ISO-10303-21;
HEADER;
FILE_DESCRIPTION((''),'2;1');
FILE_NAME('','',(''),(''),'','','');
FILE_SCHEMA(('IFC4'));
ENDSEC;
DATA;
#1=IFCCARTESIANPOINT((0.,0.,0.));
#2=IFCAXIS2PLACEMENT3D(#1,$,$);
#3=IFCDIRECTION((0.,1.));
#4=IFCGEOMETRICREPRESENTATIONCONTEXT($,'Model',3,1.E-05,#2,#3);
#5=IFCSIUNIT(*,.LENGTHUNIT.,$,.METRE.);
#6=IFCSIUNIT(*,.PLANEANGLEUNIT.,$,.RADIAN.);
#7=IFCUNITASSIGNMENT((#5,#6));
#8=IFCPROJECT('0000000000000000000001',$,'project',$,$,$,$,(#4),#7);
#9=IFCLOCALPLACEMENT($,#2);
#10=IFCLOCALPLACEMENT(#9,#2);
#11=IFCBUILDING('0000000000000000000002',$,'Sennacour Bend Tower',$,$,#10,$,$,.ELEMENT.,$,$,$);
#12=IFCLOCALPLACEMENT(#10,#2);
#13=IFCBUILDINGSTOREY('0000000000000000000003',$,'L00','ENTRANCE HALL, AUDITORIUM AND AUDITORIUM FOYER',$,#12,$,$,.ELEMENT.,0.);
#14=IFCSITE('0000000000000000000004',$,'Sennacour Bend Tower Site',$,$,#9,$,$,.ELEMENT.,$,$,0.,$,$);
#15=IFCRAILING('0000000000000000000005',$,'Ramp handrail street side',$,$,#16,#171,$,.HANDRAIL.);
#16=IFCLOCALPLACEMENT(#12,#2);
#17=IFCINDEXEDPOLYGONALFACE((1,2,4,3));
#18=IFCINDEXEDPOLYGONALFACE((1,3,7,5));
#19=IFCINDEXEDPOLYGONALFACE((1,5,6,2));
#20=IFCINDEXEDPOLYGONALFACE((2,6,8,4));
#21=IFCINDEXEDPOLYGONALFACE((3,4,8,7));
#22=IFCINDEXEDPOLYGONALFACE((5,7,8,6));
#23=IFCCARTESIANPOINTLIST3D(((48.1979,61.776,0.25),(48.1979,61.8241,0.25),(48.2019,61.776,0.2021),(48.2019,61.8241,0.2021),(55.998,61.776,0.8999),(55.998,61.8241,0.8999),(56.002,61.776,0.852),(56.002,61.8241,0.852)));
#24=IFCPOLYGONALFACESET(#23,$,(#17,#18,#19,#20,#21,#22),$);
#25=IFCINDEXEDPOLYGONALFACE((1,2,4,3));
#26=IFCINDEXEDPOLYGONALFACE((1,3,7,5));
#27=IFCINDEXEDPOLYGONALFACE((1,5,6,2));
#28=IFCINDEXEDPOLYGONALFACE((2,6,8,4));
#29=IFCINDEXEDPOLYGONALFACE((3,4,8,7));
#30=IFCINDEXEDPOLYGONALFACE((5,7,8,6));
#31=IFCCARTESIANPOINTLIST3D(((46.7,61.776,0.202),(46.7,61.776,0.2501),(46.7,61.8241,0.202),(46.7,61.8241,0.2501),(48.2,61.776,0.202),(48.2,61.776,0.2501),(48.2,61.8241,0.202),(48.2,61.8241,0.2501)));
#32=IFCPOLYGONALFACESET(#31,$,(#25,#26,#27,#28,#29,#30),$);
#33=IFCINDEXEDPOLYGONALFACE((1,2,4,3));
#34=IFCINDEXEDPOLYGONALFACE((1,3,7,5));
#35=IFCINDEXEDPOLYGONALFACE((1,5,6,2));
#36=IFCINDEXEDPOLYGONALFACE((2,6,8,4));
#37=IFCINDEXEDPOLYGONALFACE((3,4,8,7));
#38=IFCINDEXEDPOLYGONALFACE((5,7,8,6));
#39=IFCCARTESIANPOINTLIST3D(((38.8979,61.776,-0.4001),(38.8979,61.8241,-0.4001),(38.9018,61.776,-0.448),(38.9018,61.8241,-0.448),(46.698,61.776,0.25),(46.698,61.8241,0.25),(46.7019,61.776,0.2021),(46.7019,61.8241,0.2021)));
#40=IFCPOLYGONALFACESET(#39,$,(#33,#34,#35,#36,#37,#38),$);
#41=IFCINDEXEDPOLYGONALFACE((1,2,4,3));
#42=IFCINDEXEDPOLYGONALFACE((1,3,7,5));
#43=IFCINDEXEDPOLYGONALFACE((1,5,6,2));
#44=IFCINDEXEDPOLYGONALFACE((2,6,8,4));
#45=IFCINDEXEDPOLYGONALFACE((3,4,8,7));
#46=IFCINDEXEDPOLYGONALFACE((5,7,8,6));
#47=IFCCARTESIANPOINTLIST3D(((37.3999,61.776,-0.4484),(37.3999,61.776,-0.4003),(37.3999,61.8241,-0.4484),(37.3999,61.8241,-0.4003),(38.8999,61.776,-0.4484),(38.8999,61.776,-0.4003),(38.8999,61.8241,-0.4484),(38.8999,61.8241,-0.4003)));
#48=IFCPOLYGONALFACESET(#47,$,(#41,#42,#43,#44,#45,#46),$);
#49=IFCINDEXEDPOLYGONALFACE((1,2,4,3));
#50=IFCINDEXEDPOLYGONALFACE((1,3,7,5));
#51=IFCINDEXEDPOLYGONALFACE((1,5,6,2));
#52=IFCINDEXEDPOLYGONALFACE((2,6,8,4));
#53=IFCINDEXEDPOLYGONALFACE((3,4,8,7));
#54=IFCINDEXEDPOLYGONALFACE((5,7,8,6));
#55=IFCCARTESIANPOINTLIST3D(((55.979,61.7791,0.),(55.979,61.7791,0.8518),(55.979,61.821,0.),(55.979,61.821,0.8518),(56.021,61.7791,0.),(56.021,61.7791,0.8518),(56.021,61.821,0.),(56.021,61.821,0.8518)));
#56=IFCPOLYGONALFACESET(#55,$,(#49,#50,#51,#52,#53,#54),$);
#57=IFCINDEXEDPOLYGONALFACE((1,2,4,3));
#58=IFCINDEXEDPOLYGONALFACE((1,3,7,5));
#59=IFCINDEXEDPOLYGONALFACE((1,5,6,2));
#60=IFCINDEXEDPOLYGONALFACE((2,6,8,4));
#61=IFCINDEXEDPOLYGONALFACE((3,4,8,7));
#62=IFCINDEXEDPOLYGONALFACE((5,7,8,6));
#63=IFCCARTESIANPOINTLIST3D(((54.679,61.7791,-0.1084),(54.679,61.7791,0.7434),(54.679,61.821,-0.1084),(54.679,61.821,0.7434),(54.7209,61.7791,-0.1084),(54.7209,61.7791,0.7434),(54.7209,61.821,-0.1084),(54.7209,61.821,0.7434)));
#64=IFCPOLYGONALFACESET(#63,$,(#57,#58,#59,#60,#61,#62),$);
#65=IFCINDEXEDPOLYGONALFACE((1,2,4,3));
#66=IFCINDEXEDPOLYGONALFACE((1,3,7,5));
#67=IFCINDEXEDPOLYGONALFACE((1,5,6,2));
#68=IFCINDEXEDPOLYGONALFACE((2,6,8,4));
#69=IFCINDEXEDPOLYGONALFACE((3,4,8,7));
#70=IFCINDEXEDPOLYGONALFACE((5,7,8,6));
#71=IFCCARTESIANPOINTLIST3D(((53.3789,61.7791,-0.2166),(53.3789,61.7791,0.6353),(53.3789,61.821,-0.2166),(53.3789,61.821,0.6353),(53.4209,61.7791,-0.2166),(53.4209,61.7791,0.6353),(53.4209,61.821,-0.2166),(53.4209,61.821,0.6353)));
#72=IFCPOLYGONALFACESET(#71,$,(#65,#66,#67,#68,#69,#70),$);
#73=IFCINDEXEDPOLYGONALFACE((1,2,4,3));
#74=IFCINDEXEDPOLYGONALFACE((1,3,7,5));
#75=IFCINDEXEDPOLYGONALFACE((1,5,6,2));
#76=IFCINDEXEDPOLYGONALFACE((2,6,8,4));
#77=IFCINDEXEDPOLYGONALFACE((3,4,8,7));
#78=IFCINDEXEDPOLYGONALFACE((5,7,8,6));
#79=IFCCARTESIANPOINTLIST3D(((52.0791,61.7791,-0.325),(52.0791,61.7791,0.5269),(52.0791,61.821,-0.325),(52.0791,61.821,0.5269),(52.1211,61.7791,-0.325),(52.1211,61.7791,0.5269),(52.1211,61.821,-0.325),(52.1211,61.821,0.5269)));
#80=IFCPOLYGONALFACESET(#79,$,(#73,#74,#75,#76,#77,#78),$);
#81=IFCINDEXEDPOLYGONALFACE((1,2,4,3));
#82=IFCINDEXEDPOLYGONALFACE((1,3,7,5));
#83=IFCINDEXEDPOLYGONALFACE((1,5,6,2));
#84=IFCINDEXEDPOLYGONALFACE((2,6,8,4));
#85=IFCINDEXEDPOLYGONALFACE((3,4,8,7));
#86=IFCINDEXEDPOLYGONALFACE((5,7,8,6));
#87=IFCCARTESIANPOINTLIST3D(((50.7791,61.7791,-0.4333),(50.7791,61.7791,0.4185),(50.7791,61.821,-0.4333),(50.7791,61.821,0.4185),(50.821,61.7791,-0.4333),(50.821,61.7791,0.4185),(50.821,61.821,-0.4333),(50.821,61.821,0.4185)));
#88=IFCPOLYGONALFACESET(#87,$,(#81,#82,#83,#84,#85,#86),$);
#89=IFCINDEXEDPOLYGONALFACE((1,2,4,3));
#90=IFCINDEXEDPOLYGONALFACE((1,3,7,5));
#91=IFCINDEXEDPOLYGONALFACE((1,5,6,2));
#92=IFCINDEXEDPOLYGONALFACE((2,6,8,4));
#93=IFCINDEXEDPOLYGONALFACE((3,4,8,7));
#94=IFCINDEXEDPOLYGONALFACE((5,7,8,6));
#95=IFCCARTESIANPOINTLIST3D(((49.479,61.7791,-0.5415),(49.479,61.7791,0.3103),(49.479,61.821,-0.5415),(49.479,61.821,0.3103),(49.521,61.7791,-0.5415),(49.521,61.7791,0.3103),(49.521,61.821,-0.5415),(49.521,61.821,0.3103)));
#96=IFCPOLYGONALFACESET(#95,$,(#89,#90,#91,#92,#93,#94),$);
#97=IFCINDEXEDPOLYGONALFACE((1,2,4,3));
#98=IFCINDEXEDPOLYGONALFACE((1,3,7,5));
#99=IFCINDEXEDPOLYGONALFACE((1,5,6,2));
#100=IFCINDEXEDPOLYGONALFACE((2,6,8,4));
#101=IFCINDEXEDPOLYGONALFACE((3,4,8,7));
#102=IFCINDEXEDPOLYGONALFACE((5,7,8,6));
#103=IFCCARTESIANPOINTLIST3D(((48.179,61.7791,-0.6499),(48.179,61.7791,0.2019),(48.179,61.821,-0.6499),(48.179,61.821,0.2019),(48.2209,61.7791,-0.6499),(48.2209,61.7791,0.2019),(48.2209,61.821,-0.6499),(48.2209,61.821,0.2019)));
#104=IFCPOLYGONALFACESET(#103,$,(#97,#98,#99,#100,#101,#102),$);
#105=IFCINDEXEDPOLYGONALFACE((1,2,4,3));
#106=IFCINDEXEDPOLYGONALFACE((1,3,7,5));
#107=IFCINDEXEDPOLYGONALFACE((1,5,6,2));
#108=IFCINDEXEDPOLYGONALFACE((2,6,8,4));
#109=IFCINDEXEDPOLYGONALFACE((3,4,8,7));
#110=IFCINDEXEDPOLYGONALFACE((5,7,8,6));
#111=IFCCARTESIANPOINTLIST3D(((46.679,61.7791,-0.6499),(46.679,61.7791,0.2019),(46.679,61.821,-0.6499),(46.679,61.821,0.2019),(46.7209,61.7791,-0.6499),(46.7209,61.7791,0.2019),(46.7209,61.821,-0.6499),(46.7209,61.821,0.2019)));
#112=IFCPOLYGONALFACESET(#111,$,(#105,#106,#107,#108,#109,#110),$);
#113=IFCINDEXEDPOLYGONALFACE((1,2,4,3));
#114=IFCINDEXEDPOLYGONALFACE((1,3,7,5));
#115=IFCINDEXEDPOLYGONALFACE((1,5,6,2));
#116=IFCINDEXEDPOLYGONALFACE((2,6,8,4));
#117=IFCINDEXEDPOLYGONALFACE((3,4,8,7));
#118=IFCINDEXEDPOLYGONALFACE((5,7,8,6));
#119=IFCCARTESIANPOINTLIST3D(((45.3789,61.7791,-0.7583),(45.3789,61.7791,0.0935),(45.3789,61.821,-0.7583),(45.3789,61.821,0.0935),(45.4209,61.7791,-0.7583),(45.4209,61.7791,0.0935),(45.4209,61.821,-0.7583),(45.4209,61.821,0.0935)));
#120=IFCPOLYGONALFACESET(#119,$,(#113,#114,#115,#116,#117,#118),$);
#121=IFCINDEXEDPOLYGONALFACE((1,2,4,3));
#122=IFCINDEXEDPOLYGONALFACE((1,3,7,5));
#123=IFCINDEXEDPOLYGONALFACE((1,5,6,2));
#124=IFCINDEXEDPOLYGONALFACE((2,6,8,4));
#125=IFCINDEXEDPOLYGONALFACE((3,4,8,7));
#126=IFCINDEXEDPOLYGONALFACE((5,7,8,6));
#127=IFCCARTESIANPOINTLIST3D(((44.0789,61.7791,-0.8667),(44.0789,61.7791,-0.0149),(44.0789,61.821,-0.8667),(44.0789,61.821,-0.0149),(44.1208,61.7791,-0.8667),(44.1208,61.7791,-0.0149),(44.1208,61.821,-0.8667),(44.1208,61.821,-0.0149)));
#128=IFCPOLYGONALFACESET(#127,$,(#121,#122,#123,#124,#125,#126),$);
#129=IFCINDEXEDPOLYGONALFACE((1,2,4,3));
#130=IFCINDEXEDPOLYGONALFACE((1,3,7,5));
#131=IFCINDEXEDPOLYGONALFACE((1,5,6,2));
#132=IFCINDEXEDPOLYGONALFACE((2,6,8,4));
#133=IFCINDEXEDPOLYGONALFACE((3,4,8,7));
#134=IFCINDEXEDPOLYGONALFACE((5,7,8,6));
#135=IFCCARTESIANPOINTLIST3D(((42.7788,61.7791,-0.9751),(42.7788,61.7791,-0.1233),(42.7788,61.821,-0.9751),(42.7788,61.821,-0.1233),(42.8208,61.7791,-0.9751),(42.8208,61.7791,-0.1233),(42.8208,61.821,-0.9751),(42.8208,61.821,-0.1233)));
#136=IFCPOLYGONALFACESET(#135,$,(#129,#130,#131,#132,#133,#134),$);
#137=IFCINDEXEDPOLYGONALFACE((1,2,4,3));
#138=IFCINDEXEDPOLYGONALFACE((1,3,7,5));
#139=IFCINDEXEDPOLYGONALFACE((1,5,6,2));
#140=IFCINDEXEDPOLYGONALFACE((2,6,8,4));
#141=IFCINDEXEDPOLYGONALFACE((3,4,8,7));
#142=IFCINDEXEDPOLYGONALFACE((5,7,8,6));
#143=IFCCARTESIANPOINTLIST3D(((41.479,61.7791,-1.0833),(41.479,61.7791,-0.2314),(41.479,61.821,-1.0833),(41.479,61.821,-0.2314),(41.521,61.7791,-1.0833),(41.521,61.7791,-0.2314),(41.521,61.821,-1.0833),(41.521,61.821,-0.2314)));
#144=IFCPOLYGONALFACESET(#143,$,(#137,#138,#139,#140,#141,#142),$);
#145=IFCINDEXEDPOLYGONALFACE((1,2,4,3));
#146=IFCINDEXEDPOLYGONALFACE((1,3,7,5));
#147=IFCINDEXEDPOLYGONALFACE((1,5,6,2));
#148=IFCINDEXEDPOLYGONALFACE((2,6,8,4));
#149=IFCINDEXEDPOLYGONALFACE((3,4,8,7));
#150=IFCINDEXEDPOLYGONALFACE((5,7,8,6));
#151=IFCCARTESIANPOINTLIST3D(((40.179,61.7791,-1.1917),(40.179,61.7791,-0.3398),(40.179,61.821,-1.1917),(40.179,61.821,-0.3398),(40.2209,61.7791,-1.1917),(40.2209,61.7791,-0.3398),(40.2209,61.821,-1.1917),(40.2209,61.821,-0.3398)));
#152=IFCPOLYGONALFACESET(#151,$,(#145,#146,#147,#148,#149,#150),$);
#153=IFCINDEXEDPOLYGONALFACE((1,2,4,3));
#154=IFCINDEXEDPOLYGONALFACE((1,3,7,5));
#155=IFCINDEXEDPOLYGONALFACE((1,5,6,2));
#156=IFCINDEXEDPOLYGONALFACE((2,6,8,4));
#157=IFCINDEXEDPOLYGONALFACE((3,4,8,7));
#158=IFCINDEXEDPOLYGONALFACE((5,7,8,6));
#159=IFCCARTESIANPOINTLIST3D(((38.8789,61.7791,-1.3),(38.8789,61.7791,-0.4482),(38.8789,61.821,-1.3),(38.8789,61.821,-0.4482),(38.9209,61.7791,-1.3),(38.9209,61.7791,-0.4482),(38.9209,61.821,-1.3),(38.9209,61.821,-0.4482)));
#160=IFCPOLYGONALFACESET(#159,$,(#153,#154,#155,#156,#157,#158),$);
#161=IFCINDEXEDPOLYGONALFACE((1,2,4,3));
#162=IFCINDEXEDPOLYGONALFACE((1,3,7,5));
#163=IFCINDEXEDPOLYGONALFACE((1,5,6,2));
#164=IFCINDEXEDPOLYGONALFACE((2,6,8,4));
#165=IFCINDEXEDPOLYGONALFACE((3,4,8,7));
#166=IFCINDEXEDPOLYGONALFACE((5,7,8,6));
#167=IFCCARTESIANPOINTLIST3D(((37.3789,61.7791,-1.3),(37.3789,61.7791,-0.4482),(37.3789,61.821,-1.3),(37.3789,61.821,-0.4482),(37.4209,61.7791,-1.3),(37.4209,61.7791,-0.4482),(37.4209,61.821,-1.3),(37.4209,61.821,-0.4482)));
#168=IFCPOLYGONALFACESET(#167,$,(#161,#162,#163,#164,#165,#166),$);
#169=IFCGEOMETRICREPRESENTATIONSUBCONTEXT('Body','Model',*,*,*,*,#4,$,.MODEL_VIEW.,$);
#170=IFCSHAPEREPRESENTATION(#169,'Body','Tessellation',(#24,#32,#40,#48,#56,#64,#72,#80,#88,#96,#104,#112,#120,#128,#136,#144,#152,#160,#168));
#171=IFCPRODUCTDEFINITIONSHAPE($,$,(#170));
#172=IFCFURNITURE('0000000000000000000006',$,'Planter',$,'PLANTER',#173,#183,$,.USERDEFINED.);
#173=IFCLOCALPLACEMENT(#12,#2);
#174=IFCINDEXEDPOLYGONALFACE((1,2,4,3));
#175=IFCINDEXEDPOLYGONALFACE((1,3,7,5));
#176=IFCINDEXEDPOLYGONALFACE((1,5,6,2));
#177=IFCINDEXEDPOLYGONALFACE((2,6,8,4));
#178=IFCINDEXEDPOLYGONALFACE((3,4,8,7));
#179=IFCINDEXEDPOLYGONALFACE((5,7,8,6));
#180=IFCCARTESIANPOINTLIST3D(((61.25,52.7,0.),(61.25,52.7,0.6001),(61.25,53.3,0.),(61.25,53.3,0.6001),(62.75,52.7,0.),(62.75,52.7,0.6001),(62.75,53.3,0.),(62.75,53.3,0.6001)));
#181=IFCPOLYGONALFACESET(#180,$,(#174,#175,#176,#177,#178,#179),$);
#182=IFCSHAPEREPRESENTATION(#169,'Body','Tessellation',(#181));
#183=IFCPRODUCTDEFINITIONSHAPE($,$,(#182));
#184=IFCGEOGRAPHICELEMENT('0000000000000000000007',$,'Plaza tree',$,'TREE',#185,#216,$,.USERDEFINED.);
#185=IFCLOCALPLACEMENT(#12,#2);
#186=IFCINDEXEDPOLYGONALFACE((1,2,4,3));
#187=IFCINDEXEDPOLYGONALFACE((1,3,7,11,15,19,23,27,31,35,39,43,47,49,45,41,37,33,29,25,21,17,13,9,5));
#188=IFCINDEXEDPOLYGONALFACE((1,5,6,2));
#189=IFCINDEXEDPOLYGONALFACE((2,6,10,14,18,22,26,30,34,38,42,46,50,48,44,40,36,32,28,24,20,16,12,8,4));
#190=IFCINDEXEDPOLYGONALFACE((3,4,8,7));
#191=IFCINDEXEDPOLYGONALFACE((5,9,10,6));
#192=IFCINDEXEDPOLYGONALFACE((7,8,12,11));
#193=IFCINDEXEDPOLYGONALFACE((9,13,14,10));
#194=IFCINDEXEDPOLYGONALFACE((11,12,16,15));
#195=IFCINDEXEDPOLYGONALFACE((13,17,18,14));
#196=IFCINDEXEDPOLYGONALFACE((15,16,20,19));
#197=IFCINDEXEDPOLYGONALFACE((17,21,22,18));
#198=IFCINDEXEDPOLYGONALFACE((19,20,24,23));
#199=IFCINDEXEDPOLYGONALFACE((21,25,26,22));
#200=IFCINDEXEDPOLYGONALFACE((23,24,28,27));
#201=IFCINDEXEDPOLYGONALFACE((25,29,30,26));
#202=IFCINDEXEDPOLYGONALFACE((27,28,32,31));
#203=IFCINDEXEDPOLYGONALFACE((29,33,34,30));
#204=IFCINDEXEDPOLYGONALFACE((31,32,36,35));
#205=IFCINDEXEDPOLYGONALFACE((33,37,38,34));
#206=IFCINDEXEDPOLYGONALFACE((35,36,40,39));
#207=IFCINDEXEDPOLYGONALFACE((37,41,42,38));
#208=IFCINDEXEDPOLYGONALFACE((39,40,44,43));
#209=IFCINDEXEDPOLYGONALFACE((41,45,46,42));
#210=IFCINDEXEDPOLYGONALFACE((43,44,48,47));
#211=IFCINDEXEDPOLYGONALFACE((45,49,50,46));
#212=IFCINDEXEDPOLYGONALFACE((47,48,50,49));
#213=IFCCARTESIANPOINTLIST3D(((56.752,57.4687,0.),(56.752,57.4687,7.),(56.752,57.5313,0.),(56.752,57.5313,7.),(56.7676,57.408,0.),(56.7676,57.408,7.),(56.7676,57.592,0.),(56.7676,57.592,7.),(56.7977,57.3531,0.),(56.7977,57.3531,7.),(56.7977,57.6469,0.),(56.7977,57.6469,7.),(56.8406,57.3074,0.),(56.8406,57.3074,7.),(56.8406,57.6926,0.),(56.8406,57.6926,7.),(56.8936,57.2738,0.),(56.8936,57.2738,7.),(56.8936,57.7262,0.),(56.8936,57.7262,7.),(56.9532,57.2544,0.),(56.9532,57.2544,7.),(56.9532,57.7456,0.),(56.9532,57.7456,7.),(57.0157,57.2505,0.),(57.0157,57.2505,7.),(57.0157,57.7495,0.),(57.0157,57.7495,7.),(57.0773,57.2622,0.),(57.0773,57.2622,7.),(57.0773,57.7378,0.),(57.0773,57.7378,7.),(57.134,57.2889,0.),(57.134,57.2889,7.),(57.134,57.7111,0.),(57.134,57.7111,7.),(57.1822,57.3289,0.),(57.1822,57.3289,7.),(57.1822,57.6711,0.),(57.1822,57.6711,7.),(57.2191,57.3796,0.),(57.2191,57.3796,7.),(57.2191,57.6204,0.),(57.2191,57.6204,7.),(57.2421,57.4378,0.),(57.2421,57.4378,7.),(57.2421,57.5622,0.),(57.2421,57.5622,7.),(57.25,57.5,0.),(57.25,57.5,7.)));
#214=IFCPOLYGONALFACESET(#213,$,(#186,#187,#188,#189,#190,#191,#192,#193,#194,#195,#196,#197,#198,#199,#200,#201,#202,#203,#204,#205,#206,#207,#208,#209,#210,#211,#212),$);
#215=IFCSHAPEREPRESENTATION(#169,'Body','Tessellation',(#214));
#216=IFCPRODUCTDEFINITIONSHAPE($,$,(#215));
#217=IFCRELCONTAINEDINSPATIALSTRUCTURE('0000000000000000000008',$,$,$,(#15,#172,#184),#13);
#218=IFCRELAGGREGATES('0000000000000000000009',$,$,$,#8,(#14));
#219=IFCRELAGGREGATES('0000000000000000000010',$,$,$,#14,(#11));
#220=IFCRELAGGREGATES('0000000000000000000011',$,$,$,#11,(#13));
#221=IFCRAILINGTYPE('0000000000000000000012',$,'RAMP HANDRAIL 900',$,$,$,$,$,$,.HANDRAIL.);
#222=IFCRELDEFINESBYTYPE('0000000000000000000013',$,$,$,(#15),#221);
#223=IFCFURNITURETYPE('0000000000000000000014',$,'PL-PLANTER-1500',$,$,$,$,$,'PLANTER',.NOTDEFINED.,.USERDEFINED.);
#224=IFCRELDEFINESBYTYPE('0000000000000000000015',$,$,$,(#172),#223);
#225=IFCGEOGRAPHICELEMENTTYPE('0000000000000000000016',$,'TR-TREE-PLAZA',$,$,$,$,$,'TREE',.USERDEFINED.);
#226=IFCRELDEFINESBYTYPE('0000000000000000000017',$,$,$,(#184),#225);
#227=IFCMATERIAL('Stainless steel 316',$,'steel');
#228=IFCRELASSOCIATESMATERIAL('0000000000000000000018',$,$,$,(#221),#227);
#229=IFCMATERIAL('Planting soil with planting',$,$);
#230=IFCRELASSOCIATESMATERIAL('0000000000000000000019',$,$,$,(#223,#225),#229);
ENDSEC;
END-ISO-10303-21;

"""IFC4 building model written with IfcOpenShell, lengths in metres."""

from ifc_helpers import new_model, si_unit, direction, frame, origin, origin_2d, place, context, subcontext, project, spatial, rectangle, circle, extrude, material, type_object, element, save


model = new_model("IFC4")

# Units and contexts
model_context = context("Model", 3, precision=1e-05, world=origin(), true_north=direction((0.0, 1.0)))
body_context = subcontext(model_context, "Body", "Model", "MODEL_VIEW")
ifc_project = project(units=[si_unit("LENGTHUNIT", "METRE"), si_unit("PLANEANGLEUNIT", "RADIAN")], contexts=[model_context])

# Site, building, storey
site_placement = place(None, origin())
site = spatial("IfcSite", under=ifc_project, at=site_placement, Name="Sennacour Bend Tower Site", CompositionType="ELEMENT", RefElevation=0.0)
building_placement = place(site_placement, origin())
building = spatial("IfcBuilding", under=site, at=building_placement, Name="Sennacour Bend Tower", CompositionType="ELEMENT")
storey_placement = place(building_placement, origin())
storey = spatial("IfcBuildingStorey", under=building, at=storey_placement, Name="L00", Description="ENTRANCE HALL, AUDITORIUM AND AUDITORIUM FOYER", CompositionType="ELEMENT", Elevation=0.0)

# Railing
ifc_material_1 = material(Name="Stainless steel 316", Category="steel")
railing_type_1 = type_object("IfcRailingType", Name="RAMP HANDRAIL 900", PredefinedType="HANDRAIL", material=ifc_material_1)
railing_1_placement = place(storey_placement, frame((56.0, 61.8, 0.0)))
element("IfcRailing", 1, at=railing_1_placement, inside=storey, type_object=railing_type_1, Name="Ramp handrail street side", PredefinedType="HANDRAIL", context=body_context, shape_type="SweptSolid", body=[
    extrude(rectangle(XDim=0.0481, YDim=0.0481, at=origin_2d()), frame((0.0, 0.0, 0.876), z_axis=(-0.996547, 0.0, -0.083033), x_axis=(0.0, -1.0, 0.0)), (0.0, 0.0, 1.0), 7.8271),
    extrude(rectangle(XDim=0.0481, YDim=0.0481, at=origin_2d()), frame((-7.8, 0.0, 0.2261), z_axis=(-1.0, 0.0, 0.0), x_axis=(0.0, -1.0, 0.0)), (0.0, 0.0, 1.0), 1.5),
    extrude(rectangle(XDim=0.0481, YDim=0.0481, at=origin_2d()), frame((-9.3, 0.0, 0.2261), z_axis=(-0.996544, 0.0, -0.083064), x_axis=(0.0, -1.0, 0.0)), (0.0, 0.0, 1.0), 7.8271),
    extrude(rectangle(XDim=0.0481, YDim=0.0481, at=origin_2d()), frame((-17.1001, 0.0, -0.4243), z_axis=(-1.0, 0.0, 0.0), x_axis=(0.0, -1.0, 0.0)), (0.0, 0.0, 1.0), 1.5),
    extrude(rectangle(XDim=0.042, YDim=0.042, at=origin_2d()), origin(), (0.0, 0.0, 1.0), 0.8518),
    extrude(rectangle(XDim=0.042, YDim=0.042, at=origin_2d()), frame((-1.3, 0.0, -0.1084)), (0.0, 0.0, 1.0), 0.8518),
    extrude(rectangle(XDim=0.042, YDim=0.042, at=origin_2d()), frame((-2.6001, 0.0, -0.2166)), (0.0, 0.0, 1.0), 0.8518),
    extrude(rectangle(XDim=0.042, YDim=0.042, at=origin_2d()), frame((-3.8999, 0.0, -0.325)), (0.0, 0.0, 1.0), 0.8518),
    extrude(rectangle(XDim=0.042, YDim=0.042, at=origin_2d()), frame((-5.2, 0.0, -0.4333)), (0.0, 0.0, 1.0), 0.8518),
    extrude(rectangle(XDim=0.042, YDim=0.042, at=origin_2d()), frame((-6.5, 0.0, -0.5415)), (0.0, 0.0, 1.0), 0.8518),
    extrude(rectangle(XDim=0.042, YDim=0.042, at=origin_2d()), frame((-7.8, 0.0, -0.6499)), (0.0, 0.0, 1.0), 0.8518),
    extrude(rectangle(XDim=0.042, YDim=0.042, at=origin_2d()), frame((-9.3, 0.0, -0.6499)), (0.0, 0.0, 1.0), 0.8518),
    extrude(rectangle(XDim=0.042, YDim=0.042, at=origin_2d()), frame((-10.6001, 0.0, -0.7583)), (0.0, 0.0, 1.0), 0.8518),
    extrude(rectangle(XDim=0.042, YDim=0.042, at=origin_2d()), frame((-11.9001, 0.0, -0.8667)), (0.0, 0.0, 1.0), 0.8518),
    extrude(rectangle(XDim=0.042, YDim=0.042, at=origin_2d()), frame((-13.2002, 0.0, -0.9751)), (0.0, 0.0, 1.0), 0.8518),
    extrude(rectangle(XDim=0.042, YDim=0.042, at=origin_2d()), frame((-14.5, 0.0, -1.0833)), (0.0, 0.0, 1.0), 0.8518),
    extrude(rectangle(XDim=0.042, YDim=0.042, at=origin_2d()), frame((-15.8, 0.0, -1.1917)), (0.0, 0.0, 1.0), 0.8518),
    extrude(rectangle(XDim=0.042, YDim=0.042, at=origin_2d()), frame((-17.1001, 0.0, -1.3)), (0.0, 0.0, 1.0), 0.8518),
    extrude(rectangle(XDim=0.042, YDim=0.042, at=origin_2d()), frame((-18.6001, 0.0, -1.3)), (0.0, 0.0, 1.0), 0.8518),
])

# Furniture
ifc_material_2 = material(Name="Planting soil with planting")
furniture_type = type_object("IfcFurnitureType", Name="PL-PLANTER-1500", ElementType="PLANTER", AssemblyPlace="NOTDEFINED", PredefinedType="USERDEFINED", material=ifc_material_2)
furniture_placement = place(storey_placement, frame((62.0, 53.0, 0.0), z_axis=(0.0, 0.0, 1.0), x_axis=(1.0, 0.0, 0.0)))
element("IfcFurniture", 2, at=furniture_placement, inside=storey, type_object=furniture_type, Name="Planter", ObjectType="PLANTER", PredefinedType="USERDEFINED", context=body_context, shape_type="SweptSolid", body=[
    extrude(rectangle(XDim=1.5, YDim=0.6001, at=origin_2d()), origin(), (0.0, 0.0, 1.0), 0.6001),
])

# Geographic element
geographic_element_type = type_object("IfcGeographicElementType", Name="TR-TREE-PLAZA", ElementType="TREE", PredefinedType="USERDEFINED", material=ifc_material_2)
geographic_element_placement = place(storey_placement, frame((57.0, 57.5, 7.0), z_axis=(0.0, 0.0, -1.0), x_axis=(1.0, 0.0, 0.0)))
element("IfcGeographicElement", 3, at=geographic_element_placement, inside=storey, type_object=geographic_element_type, Name="Plaza tree", ObjectType="TREE", PredefinedType="USERDEFINED", context=body_context, shape_type="SweptSolid", body=[
    extrude(circle(Radius=0.25, at=origin_2d()), origin(), (0.0, 0.0, 1.0), 7.0),
])

save(model, "model.ifc")
